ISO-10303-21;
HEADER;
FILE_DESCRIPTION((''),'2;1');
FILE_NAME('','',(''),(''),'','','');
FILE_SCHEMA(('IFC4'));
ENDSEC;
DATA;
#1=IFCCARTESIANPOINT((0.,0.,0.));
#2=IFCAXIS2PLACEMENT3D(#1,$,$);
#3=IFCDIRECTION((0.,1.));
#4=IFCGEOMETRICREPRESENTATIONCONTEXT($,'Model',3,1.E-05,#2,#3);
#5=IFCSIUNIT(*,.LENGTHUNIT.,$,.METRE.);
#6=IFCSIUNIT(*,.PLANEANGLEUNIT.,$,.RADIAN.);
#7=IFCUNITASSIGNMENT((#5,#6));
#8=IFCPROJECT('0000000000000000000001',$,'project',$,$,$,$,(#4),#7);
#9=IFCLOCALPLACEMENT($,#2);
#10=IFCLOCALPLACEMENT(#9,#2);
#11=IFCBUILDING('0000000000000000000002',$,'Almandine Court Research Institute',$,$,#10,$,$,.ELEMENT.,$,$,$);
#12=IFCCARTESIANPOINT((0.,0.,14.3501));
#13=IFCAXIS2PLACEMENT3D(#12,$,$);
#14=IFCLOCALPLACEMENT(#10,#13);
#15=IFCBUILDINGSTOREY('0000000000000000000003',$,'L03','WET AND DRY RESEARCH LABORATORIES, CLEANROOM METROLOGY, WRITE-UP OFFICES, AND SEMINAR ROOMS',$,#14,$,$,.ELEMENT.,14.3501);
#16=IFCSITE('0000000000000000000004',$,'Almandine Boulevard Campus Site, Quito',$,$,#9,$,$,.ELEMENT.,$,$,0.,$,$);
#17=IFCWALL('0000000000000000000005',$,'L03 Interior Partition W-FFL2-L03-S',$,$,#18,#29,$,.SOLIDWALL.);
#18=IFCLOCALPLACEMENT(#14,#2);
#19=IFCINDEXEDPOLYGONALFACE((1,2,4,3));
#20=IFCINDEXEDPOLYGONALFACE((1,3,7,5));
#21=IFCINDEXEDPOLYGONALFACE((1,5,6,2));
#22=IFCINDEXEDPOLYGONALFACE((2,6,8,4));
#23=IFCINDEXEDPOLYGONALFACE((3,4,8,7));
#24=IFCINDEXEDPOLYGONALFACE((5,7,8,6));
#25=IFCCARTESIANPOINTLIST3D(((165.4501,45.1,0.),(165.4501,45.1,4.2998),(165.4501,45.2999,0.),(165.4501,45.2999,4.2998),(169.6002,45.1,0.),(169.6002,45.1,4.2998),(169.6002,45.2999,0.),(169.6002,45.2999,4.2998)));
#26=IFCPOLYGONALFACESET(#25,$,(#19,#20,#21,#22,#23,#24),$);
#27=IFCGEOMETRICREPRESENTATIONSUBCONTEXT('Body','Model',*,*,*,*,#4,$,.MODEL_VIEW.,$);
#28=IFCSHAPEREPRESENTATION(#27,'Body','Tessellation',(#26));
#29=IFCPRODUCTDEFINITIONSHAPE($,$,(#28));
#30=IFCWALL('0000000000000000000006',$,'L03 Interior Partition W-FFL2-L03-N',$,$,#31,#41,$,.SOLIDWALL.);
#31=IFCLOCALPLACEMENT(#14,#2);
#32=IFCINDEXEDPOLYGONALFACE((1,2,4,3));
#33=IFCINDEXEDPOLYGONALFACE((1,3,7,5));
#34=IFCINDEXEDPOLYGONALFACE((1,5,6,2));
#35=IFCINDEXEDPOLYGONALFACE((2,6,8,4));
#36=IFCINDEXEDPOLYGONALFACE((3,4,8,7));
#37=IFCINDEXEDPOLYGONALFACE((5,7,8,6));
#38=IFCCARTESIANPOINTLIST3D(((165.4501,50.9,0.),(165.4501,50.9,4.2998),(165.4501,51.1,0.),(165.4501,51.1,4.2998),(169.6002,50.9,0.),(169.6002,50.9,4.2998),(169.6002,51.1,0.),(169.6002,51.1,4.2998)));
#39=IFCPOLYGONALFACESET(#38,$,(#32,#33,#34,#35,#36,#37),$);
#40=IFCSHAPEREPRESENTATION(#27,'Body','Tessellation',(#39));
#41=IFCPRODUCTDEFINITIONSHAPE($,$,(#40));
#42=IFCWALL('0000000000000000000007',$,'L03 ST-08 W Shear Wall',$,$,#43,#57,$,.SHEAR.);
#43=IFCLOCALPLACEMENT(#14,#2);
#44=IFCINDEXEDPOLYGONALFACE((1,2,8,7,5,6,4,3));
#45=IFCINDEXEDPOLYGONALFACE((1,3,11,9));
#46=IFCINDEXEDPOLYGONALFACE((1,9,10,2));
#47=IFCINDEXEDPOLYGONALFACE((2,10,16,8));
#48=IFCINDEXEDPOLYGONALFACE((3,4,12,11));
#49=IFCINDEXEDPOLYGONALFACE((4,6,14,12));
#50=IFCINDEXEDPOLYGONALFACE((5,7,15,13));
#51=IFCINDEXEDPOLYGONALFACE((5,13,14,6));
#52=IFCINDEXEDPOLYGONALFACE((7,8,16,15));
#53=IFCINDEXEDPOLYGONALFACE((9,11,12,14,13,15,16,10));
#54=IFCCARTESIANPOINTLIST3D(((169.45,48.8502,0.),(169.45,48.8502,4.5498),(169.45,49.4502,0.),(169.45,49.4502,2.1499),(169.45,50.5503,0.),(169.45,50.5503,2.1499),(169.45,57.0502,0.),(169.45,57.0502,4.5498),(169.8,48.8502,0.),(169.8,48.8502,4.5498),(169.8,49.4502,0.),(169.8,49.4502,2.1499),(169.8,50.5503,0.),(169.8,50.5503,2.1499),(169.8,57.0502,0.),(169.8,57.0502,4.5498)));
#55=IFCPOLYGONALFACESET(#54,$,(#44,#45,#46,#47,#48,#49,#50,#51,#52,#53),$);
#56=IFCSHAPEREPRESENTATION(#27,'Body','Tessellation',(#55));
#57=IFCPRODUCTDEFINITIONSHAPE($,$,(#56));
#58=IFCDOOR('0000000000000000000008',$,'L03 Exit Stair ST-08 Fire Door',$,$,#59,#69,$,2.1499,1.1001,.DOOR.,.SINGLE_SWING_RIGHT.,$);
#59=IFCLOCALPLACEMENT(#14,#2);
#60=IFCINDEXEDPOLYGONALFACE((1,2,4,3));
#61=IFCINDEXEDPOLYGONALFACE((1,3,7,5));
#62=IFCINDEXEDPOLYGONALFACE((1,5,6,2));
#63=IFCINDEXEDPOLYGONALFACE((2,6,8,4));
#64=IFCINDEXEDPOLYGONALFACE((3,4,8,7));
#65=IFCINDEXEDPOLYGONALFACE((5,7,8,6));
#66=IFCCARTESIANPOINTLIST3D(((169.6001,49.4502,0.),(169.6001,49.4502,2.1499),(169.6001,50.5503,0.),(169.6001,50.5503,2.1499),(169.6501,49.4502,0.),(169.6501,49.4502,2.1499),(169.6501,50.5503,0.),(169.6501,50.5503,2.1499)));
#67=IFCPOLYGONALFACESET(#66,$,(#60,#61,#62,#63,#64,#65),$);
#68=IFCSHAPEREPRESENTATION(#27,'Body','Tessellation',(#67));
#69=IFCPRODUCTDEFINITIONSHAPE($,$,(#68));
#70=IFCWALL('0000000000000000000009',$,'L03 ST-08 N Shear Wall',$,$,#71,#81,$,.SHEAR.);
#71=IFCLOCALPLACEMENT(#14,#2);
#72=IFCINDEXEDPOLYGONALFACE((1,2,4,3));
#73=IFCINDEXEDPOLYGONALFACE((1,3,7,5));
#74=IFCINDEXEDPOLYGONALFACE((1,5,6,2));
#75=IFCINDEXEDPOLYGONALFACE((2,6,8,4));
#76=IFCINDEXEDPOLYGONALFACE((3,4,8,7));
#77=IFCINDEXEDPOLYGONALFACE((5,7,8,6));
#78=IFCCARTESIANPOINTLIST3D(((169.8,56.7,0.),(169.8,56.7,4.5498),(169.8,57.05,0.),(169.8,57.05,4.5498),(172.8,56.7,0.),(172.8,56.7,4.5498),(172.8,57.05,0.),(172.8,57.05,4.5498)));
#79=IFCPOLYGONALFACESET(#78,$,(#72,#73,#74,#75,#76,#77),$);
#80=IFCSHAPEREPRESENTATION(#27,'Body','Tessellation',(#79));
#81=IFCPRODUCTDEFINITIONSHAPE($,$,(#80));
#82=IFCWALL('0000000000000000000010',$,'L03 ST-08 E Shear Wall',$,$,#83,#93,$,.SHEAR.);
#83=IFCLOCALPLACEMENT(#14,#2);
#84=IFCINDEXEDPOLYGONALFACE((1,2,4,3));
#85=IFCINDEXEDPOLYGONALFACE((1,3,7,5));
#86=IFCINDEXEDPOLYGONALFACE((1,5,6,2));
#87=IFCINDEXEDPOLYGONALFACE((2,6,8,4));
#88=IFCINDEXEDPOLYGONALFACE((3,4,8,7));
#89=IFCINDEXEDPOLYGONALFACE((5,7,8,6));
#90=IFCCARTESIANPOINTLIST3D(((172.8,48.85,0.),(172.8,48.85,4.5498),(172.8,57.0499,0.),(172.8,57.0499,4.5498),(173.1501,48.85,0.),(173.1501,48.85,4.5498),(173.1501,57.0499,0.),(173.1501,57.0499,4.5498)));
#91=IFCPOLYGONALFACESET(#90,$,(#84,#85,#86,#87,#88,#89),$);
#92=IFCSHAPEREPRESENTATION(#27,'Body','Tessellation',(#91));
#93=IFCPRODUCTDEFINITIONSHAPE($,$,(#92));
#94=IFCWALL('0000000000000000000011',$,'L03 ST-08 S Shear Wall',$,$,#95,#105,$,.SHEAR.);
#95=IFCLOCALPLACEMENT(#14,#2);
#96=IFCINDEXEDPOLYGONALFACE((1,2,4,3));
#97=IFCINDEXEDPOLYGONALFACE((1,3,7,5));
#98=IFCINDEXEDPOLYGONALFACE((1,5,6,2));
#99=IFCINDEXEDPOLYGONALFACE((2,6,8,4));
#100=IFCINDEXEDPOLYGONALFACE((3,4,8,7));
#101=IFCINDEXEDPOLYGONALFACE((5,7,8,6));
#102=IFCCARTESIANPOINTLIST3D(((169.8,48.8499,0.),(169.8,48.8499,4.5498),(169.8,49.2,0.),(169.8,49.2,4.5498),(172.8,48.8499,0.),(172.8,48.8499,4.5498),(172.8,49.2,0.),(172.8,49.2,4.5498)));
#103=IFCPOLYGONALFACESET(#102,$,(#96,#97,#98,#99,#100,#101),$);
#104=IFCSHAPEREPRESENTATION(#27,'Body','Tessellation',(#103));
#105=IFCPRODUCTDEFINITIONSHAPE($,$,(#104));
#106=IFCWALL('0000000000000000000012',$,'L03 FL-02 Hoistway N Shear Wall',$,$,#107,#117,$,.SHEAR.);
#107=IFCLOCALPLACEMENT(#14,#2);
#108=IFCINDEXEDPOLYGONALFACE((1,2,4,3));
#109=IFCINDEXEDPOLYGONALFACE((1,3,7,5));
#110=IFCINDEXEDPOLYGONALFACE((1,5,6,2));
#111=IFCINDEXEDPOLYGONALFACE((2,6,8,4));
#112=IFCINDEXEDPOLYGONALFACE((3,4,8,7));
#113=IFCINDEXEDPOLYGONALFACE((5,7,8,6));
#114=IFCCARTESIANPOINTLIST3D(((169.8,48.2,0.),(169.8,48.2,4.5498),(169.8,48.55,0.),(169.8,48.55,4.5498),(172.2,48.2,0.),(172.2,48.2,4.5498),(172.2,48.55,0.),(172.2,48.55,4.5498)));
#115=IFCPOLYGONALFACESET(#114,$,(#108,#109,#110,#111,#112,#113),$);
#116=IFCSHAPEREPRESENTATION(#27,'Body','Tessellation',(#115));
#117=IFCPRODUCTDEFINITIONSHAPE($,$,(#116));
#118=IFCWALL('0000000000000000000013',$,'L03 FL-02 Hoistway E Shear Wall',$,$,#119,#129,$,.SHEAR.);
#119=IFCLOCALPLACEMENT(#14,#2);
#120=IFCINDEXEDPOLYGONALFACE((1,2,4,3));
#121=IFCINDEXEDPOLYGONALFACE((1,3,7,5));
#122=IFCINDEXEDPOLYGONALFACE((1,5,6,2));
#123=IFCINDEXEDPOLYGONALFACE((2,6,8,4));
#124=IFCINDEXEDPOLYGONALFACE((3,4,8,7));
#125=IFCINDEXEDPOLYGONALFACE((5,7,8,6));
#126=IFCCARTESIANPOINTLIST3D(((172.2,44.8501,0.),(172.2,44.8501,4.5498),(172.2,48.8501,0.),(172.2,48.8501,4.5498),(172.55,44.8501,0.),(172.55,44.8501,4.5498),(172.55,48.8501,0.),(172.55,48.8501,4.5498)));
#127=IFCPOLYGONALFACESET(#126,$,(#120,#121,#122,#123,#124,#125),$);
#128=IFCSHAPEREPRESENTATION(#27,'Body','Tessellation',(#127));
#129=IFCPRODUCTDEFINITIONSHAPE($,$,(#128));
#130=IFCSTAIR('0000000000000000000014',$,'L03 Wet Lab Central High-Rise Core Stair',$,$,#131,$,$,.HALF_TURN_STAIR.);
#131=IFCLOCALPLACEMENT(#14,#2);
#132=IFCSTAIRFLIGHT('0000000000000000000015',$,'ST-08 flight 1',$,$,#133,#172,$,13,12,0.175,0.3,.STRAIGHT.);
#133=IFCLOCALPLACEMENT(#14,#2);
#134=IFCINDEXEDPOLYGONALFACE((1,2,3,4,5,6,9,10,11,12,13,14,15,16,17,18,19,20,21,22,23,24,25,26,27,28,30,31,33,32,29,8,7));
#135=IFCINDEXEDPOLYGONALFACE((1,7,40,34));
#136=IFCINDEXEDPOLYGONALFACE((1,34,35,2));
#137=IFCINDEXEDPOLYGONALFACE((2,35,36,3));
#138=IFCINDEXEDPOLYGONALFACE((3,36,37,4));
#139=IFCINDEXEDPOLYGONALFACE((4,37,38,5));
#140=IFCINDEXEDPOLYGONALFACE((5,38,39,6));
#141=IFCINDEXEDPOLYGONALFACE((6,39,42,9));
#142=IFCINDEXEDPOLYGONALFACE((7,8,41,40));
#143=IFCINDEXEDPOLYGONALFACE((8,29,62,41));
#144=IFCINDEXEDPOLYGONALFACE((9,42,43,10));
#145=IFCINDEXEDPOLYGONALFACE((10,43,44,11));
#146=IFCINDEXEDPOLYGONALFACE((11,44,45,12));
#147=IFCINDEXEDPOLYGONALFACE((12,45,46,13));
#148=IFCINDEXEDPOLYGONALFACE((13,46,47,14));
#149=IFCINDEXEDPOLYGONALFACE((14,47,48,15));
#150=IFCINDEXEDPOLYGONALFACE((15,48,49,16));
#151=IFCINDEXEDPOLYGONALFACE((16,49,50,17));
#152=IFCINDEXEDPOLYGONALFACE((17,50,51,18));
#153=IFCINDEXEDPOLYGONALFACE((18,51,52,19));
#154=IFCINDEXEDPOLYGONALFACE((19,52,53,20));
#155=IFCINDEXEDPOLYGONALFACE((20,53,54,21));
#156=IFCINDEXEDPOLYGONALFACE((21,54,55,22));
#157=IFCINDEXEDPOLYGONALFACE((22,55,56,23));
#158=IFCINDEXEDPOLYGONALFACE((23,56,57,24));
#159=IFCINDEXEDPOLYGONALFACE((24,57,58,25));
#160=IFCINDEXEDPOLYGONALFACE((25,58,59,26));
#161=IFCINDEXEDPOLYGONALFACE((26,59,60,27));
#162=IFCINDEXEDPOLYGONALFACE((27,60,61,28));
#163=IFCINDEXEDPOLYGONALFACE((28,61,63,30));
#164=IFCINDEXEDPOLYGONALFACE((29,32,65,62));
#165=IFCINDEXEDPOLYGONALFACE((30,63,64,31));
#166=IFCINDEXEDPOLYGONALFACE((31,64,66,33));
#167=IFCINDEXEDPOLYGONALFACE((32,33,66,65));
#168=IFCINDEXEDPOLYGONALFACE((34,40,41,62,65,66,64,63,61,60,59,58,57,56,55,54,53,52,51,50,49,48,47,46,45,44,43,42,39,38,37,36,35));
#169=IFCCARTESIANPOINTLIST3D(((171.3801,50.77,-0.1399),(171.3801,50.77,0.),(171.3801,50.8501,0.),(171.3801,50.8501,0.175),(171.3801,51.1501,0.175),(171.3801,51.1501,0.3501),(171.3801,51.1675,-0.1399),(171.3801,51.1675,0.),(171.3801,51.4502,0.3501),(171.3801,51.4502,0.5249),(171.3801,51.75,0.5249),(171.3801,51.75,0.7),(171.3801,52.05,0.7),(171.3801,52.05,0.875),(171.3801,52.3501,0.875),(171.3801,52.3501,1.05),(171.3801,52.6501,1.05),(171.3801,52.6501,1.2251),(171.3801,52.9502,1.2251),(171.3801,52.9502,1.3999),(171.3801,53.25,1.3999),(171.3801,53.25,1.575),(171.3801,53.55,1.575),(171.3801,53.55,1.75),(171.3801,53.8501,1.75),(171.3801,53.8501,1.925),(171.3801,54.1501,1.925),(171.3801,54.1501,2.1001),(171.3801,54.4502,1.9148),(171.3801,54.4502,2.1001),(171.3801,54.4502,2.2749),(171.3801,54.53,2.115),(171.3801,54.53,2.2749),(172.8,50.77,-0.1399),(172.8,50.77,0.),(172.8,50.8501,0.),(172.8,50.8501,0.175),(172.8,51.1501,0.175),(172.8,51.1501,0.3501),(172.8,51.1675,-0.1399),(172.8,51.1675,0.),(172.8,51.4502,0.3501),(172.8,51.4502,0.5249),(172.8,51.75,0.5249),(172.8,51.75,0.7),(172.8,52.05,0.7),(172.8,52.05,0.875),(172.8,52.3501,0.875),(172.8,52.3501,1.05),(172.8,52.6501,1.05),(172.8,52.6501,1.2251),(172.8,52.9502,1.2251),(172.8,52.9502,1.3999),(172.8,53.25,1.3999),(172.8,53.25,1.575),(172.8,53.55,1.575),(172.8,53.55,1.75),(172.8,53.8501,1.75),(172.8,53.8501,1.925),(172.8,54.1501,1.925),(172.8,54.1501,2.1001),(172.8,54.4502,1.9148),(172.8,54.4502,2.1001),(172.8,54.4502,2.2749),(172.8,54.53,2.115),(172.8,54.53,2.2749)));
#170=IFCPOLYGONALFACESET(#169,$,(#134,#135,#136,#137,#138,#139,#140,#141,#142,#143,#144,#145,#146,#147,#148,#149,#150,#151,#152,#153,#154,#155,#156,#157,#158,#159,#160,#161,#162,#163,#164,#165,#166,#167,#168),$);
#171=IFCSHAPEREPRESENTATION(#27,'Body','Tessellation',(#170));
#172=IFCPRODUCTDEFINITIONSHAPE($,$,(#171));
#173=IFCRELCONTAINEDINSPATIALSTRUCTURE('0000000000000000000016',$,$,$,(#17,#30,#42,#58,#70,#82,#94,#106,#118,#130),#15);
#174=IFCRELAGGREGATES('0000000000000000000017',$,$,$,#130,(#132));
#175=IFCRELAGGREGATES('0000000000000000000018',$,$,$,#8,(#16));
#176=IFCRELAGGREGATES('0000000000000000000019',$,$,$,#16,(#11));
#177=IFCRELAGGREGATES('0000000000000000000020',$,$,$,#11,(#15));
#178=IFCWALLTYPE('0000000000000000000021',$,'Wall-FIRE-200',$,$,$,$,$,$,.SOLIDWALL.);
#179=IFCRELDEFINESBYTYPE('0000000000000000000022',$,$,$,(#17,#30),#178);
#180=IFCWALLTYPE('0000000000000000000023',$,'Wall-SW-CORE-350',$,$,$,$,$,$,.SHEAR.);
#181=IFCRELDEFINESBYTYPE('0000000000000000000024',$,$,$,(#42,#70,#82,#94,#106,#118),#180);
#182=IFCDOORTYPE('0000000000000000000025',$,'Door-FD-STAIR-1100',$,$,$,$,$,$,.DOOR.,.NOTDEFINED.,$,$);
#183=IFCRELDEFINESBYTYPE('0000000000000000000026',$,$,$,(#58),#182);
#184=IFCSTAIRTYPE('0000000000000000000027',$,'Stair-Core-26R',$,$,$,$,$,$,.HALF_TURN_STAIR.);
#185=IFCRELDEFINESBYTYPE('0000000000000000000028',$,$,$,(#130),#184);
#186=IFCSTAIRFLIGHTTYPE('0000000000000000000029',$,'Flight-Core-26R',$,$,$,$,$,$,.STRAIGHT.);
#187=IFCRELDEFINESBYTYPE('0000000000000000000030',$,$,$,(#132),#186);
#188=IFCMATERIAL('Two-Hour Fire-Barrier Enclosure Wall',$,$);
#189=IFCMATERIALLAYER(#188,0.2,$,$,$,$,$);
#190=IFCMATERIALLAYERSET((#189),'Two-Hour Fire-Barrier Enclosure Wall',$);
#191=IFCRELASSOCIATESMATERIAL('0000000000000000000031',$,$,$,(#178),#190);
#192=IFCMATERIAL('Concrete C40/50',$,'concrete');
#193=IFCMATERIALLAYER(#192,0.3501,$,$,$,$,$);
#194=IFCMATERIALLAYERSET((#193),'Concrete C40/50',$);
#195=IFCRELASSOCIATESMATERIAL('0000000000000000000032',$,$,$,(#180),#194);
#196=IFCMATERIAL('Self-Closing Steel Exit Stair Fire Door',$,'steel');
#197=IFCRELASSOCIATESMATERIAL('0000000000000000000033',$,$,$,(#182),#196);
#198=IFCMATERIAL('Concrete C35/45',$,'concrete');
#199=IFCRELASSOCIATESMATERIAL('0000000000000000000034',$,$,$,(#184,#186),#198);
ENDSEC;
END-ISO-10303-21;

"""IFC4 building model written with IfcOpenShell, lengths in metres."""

from ifc_helpers import new_model, si_unit, direction, frame, frame_2d, origin, place, context, subcontext, project, spatial, polyline, rectangle, outline, extrude, material, layer, layer_set, type_object, element, fill, aggregate, save


model = new_model("IFC4")

# Units and contexts
model_context = context("Model", 3, precision=1e-05, world=origin(), true_north=direction((0.0, 1.0)))
body_context = subcontext(model_context, "Body", "Model", "MODEL_VIEW")
ifc_project = project(units=[si_unit("LENGTHUNIT", "METRE"), si_unit("PLANEANGLEUNIT", "RADIAN")], contexts=[model_context])

# Site, building, storey
site_placement = place(None, origin())
site = spatial("IfcSite", under=ifc_project, at=site_placement, Name="Almandine Boulevard Campus Site, Quito", CompositionType="ELEMENT", RefElevation=0.0)
building_placement = place(site_placement, origin())
building = spatial("IfcBuilding", under=site, at=building_placement, Name="Almandine Court Research Institute", CompositionType="ELEMENT")
storey_placement = place(building_placement, frame((0.0, 0.0, 14.3501)))
storey = spatial("IfcBuildingStorey", under=building, at=storey_placement, Name="L03", Description="WET AND DRY RESEARCH LABORATORIES, CLEANROOM METROLOGY, WRITE-UP OFFICES, AND SEMINAR ROOMS", CompositionType="ELEMENT", Elevation=14.3501)

# Walls
ifc_material_1 = material(Name="Two-Hour Fire-Barrier Enclosure Wall")
ifc_layer_1 = layer(ifc_material_1, 0.2)
ifc_layer_set_1 = layer_set([ifc_layer_1], Name="Two-Hour Fire-Barrier Enclosure Wall")
wall_type_1 = type_object("IfcWallType", Name="Wall-FIRE-200", PredefinedType="SOLIDWALL", material=ifc_layer_set_1)
for number, where, z_axis, x_axis, name in (
    (1, (165.45, 45.2, 0.0), (0.0, 0.0, 1.0), (1.0, 0.0, 0.0), "L03 Interior Partition W-FFL2-L03-S"),
    (2, (165.45, 51.0, 0.0), (0.0, 0.0, 1.0), (1.0, 0.0, 0.0), "L03 Interior Partition W-FFL2-L03-N"),
):
    element("IfcWall", number, at=place(storey_placement, frame(where, z_axis=z_axis, x_axis=x_axis)), inside=storey, type_object=wall_type_1, Name=name, PredefinedType="SOLIDWALL", context=body_context, shape_type="SweptSolid", body=[
        extrude(rectangle(XDim=4.1501, YDim=0.2, at=frame_2d((2.0752, 0.0))), origin(), (0.0, 0.0, 1.0), 4.2998),
    ])

# Wall, opening, door
ifc_material_2 = material(Name="Concrete C40/50", Category="concrete")
ifc_layer_2 = layer(ifc_material_2, 0.3501)
ifc_layer_set_2 = layer_set([ifc_layer_2], Name="Concrete C40/50")
wall_type_2 = type_object("IfcWallType", Name="Wall-SW-CORE-350", PredefinedType="SHEAR", material=ifc_layer_set_2)
wall_1_placement = place(storey_placement, frame((169.625, 48.8501, 0.0), z_axis=(0.0, 0.0, 1.0), x_axis=(0.0, 1.0, 0.0)))
wall_1 = element("IfcWall", 3, at=wall_1_placement, inside=storey, type_object=wall_type_2, Name="L03 ST-08 W Shear Wall", PredefinedType="SHEAR", context=body_context, shape_type="SweptSolid", body=[
    extrude(rectangle(XDim=8.2, YDim=0.3501, at=frame_2d((4.1001, 0.0))), origin(), (0.0, 0.0, 1.0), 4.5498),
])
opening_1_placement = place(wall_1_placement, frame((0.6001, 0.0, 0.0)))
opening_1 = element("IfcOpeningElement", 4, at=opening_1_placement, cuts=wall_1, PredefinedType="OPENING", context=body_context, shape_type="SweptSolid", body=[
    extrude(rectangle(XDim=1.1001, YDim=2.1499, at=frame_2d((0.55, 1.075))), frame((0.0, 0.1851, 0.0), z_axis=(0.0, -1.0, 0.0), x_axis=(1.0, 0.0, 0.0)), (0.0, 0.0, 1.0), 0.3701),
])
ifc_material_3 = material(Name="Self-Closing Steel Exit Stair Fire Door", Category="steel")
door_type = type_object("IfcDoorType", Name="Door-FD-STAIR-1100", OperationType="NOTDEFINED", PredefinedType="DOOR", material=ifc_material_3)
door_placement = place(opening_1_placement, origin())
door = element("IfcDoor", 5, at=door_placement, inside=storey, type_object=door_type, Name="L03 Exit Stair ST-08 Fire Door", OperationType="SINGLE_SWING_RIGHT", OverallHeight=2.1499, OverallWidth=1.1001, PredefinedType="DOOR", context=body_context, shape_type="SweptSolid", body=[
    extrude(rectangle(XDim=1.1001, YDim=2.1499, at=frame_2d((0.55, 1.075))), frame((0.0, 0.0249, 0.0), z_axis=(0.0, -1.0, 0.0), x_axis=(1.0, 0.0, 0.0)), (0.0, 0.0, 1.0), 0.05),
])
fill(opening_1, door)

# Walls
wall_2_placement = place(storey_placement, frame((169.8, 56.875, 0.0), z_axis=(0.0, 0.0, 1.0), x_axis=(1.0, 0.0, 0.0)))
element("IfcWall", 6, at=wall_2_placement, inside=storey, type_object=wall_type_2, Name="L03 ST-08 N Shear Wall", PredefinedType="SHEAR", context=body_context, shape_type="SweptSolid", body=[
    extrude(rectangle(XDim=3.0, YDim=0.3501, at=frame_2d((1.5, 0.0))), origin(), (0.0, 0.0, 1.0), 4.5498),
])
wall_3_placement = place(storey_placement, frame((172.9751, 57.05, 0.0), z_axis=(0.0, 0.0, 1.0), x_axis=(0.0, -1.0, 0.0)))
element("IfcWall", 7, at=wall_3_placement, inside=storey, type_object=wall_type_2, Name="L03 ST-08 E Shear Wall", PredefinedType="SHEAR", context=body_context, shape_type="SweptSolid", body=[
    extrude(rectangle(XDim=8.2, YDim=0.3501, at=frame_2d((4.1001, 0.0))), origin(), (0.0, 0.0, 1.0), 4.5498),
])
wall_4_placement = place(storey_placement, frame((172.8, 49.0249, 0.0), z_axis=(0.0, 0.0, 1.0), x_axis=(-1.0, 0.0, 0.0)))
element("IfcWall", 8, at=wall_4_placement, inside=storey, type_object=wall_type_2, Name="L03 ST-08 S Shear Wall", PredefinedType="SHEAR", context=body_context, shape_type="SweptSolid", body=[
    extrude(rectangle(XDim=3.0, YDim=0.3501, at=frame_2d((1.5, 0.0))), origin(), (0.0, 0.0, 1.0), 4.5498),
])
wall_5_placement = place(storey_placement, frame((169.8, 48.375, 0.0), z_axis=(0.0, 0.0, 1.0), x_axis=(1.0, 0.0, 0.0)))
element("IfcWall", 9, at=wall_5_placement, inside=storey, type_object=wall_type_2, Name="L03 FL-02 Hoistway N Shear Wall", PredefinedType="SHEAR", context=body_context, shape_type="SweptSolid", body=[
    extrude(rectangle(XDim=2.3999, YDim=0.3501, at=frame_2d((1.2, 0.0))), origin(), (0.0, 0.0, 1.0), 4.5498),
])
wall_6_placement = place(storey_placement, frame((172.375, 48.8501, 0.0), z_axis=(0.0, 0.0, 1.0), x_axis=(0.0, -1.0, 0.0)))
element("IfcWall", 10, at=wall_6_placement, inside=storey, type_object=wall_type_2, Name="L03 FL-02 Hoistway E Shear Wall", PredefinedType="SHEAR", context=body_context, shape_type="SweptSolid", body=[
    extrude(rectangle(XDim=4.0, YDim=0.3501, at=frame_2d((2.0, 0.0))), origin(), (0.0, 0.0, 1.0), 4.5498),
])

# Stair, stair flight
ifc_material_4 = material(Name="Concrete C35/45", Category="concrete")
stair_type = type_object("IfcStairType", Name="Stair-Core-26R", PredefinedType="HALF_TURN_STAIR", material=ifc_material_4)
stair_placement = place(storey_placement, origin())
stair = element("IfcStair", 11, at=stair_placement, inside=storey, type_object=stair_type, Name="L03 Wet Lab Central High-Rise Core Stair", PredefinedType="HALF_TURN_STAIR")
stair_flight_type = type_object("IfcStairFlightType", Name="Flight-Core-26R", PredefinedType="STRAIGHT", material=ifc_material_4)
stair_flight_1_placement = place(storey_placement, frame((172.0901, 50.8501, 0.0), z_axis=(0.0, 0.0, 1.0), x_axis=(0.0, 1.0, 0.0)))
stair_flight_1 = element("IfcStairFlight", 12, at=stair_flight_1_placement, type_object=stair_flight_type, Name="ST-08 flight 1", NumberOfRisers=13, NumberOfTreads=12, PredefinedType="STRAIGHT", RiserHeight=0.175, TreadLength=0.3, context=body_context, shape_type="SweptSolid", body=[
    extrude(outline(polyline([(-0.0801, -0.1399), (-0.0801, 0.0), (0.0, 0.0), (0.0, 0.175), (0.3, 0.175), (0.3, 0.3501), (0.6001, 0.3501), (0.6001, 0.5249), (0.8999, 0.5249), (0.8999, 0.7), (1.2, 0.7), (1.2, 0.875), (1.5, 0.875), (1.5, 1.05), (1.8, 1.05), (1.8, 1.2251), (2.1001, 1.2251), (2.1001, 1.3999), (2.3999, 1.3999), (2.3999, 1.575), (2.7, 1.575), (2.7, 1.75), (3.0, 1.75), (3.0, 1.925), (3.3, 1.925), (3.3, 2.1001), (3.6001, 2.1001), (3.6001, 2.2749), (3.6799, 2.2749), (3.6799, 2.115), (3.6001, 1.9148), (0.3174, 0.0), (0.3174, -0.1399), (-0.0801, -0.1399)])), frame((0.0, 0.71, 0.0), z_axis=(0.0, -1.0, 0.0), x_axis=(1.0, 0.0, 0.0)), (0.0, 0.0, 1.0), 1.4199),
])
aggregate(stair, [stair_flight_1])

save(model, "model.ifc")
